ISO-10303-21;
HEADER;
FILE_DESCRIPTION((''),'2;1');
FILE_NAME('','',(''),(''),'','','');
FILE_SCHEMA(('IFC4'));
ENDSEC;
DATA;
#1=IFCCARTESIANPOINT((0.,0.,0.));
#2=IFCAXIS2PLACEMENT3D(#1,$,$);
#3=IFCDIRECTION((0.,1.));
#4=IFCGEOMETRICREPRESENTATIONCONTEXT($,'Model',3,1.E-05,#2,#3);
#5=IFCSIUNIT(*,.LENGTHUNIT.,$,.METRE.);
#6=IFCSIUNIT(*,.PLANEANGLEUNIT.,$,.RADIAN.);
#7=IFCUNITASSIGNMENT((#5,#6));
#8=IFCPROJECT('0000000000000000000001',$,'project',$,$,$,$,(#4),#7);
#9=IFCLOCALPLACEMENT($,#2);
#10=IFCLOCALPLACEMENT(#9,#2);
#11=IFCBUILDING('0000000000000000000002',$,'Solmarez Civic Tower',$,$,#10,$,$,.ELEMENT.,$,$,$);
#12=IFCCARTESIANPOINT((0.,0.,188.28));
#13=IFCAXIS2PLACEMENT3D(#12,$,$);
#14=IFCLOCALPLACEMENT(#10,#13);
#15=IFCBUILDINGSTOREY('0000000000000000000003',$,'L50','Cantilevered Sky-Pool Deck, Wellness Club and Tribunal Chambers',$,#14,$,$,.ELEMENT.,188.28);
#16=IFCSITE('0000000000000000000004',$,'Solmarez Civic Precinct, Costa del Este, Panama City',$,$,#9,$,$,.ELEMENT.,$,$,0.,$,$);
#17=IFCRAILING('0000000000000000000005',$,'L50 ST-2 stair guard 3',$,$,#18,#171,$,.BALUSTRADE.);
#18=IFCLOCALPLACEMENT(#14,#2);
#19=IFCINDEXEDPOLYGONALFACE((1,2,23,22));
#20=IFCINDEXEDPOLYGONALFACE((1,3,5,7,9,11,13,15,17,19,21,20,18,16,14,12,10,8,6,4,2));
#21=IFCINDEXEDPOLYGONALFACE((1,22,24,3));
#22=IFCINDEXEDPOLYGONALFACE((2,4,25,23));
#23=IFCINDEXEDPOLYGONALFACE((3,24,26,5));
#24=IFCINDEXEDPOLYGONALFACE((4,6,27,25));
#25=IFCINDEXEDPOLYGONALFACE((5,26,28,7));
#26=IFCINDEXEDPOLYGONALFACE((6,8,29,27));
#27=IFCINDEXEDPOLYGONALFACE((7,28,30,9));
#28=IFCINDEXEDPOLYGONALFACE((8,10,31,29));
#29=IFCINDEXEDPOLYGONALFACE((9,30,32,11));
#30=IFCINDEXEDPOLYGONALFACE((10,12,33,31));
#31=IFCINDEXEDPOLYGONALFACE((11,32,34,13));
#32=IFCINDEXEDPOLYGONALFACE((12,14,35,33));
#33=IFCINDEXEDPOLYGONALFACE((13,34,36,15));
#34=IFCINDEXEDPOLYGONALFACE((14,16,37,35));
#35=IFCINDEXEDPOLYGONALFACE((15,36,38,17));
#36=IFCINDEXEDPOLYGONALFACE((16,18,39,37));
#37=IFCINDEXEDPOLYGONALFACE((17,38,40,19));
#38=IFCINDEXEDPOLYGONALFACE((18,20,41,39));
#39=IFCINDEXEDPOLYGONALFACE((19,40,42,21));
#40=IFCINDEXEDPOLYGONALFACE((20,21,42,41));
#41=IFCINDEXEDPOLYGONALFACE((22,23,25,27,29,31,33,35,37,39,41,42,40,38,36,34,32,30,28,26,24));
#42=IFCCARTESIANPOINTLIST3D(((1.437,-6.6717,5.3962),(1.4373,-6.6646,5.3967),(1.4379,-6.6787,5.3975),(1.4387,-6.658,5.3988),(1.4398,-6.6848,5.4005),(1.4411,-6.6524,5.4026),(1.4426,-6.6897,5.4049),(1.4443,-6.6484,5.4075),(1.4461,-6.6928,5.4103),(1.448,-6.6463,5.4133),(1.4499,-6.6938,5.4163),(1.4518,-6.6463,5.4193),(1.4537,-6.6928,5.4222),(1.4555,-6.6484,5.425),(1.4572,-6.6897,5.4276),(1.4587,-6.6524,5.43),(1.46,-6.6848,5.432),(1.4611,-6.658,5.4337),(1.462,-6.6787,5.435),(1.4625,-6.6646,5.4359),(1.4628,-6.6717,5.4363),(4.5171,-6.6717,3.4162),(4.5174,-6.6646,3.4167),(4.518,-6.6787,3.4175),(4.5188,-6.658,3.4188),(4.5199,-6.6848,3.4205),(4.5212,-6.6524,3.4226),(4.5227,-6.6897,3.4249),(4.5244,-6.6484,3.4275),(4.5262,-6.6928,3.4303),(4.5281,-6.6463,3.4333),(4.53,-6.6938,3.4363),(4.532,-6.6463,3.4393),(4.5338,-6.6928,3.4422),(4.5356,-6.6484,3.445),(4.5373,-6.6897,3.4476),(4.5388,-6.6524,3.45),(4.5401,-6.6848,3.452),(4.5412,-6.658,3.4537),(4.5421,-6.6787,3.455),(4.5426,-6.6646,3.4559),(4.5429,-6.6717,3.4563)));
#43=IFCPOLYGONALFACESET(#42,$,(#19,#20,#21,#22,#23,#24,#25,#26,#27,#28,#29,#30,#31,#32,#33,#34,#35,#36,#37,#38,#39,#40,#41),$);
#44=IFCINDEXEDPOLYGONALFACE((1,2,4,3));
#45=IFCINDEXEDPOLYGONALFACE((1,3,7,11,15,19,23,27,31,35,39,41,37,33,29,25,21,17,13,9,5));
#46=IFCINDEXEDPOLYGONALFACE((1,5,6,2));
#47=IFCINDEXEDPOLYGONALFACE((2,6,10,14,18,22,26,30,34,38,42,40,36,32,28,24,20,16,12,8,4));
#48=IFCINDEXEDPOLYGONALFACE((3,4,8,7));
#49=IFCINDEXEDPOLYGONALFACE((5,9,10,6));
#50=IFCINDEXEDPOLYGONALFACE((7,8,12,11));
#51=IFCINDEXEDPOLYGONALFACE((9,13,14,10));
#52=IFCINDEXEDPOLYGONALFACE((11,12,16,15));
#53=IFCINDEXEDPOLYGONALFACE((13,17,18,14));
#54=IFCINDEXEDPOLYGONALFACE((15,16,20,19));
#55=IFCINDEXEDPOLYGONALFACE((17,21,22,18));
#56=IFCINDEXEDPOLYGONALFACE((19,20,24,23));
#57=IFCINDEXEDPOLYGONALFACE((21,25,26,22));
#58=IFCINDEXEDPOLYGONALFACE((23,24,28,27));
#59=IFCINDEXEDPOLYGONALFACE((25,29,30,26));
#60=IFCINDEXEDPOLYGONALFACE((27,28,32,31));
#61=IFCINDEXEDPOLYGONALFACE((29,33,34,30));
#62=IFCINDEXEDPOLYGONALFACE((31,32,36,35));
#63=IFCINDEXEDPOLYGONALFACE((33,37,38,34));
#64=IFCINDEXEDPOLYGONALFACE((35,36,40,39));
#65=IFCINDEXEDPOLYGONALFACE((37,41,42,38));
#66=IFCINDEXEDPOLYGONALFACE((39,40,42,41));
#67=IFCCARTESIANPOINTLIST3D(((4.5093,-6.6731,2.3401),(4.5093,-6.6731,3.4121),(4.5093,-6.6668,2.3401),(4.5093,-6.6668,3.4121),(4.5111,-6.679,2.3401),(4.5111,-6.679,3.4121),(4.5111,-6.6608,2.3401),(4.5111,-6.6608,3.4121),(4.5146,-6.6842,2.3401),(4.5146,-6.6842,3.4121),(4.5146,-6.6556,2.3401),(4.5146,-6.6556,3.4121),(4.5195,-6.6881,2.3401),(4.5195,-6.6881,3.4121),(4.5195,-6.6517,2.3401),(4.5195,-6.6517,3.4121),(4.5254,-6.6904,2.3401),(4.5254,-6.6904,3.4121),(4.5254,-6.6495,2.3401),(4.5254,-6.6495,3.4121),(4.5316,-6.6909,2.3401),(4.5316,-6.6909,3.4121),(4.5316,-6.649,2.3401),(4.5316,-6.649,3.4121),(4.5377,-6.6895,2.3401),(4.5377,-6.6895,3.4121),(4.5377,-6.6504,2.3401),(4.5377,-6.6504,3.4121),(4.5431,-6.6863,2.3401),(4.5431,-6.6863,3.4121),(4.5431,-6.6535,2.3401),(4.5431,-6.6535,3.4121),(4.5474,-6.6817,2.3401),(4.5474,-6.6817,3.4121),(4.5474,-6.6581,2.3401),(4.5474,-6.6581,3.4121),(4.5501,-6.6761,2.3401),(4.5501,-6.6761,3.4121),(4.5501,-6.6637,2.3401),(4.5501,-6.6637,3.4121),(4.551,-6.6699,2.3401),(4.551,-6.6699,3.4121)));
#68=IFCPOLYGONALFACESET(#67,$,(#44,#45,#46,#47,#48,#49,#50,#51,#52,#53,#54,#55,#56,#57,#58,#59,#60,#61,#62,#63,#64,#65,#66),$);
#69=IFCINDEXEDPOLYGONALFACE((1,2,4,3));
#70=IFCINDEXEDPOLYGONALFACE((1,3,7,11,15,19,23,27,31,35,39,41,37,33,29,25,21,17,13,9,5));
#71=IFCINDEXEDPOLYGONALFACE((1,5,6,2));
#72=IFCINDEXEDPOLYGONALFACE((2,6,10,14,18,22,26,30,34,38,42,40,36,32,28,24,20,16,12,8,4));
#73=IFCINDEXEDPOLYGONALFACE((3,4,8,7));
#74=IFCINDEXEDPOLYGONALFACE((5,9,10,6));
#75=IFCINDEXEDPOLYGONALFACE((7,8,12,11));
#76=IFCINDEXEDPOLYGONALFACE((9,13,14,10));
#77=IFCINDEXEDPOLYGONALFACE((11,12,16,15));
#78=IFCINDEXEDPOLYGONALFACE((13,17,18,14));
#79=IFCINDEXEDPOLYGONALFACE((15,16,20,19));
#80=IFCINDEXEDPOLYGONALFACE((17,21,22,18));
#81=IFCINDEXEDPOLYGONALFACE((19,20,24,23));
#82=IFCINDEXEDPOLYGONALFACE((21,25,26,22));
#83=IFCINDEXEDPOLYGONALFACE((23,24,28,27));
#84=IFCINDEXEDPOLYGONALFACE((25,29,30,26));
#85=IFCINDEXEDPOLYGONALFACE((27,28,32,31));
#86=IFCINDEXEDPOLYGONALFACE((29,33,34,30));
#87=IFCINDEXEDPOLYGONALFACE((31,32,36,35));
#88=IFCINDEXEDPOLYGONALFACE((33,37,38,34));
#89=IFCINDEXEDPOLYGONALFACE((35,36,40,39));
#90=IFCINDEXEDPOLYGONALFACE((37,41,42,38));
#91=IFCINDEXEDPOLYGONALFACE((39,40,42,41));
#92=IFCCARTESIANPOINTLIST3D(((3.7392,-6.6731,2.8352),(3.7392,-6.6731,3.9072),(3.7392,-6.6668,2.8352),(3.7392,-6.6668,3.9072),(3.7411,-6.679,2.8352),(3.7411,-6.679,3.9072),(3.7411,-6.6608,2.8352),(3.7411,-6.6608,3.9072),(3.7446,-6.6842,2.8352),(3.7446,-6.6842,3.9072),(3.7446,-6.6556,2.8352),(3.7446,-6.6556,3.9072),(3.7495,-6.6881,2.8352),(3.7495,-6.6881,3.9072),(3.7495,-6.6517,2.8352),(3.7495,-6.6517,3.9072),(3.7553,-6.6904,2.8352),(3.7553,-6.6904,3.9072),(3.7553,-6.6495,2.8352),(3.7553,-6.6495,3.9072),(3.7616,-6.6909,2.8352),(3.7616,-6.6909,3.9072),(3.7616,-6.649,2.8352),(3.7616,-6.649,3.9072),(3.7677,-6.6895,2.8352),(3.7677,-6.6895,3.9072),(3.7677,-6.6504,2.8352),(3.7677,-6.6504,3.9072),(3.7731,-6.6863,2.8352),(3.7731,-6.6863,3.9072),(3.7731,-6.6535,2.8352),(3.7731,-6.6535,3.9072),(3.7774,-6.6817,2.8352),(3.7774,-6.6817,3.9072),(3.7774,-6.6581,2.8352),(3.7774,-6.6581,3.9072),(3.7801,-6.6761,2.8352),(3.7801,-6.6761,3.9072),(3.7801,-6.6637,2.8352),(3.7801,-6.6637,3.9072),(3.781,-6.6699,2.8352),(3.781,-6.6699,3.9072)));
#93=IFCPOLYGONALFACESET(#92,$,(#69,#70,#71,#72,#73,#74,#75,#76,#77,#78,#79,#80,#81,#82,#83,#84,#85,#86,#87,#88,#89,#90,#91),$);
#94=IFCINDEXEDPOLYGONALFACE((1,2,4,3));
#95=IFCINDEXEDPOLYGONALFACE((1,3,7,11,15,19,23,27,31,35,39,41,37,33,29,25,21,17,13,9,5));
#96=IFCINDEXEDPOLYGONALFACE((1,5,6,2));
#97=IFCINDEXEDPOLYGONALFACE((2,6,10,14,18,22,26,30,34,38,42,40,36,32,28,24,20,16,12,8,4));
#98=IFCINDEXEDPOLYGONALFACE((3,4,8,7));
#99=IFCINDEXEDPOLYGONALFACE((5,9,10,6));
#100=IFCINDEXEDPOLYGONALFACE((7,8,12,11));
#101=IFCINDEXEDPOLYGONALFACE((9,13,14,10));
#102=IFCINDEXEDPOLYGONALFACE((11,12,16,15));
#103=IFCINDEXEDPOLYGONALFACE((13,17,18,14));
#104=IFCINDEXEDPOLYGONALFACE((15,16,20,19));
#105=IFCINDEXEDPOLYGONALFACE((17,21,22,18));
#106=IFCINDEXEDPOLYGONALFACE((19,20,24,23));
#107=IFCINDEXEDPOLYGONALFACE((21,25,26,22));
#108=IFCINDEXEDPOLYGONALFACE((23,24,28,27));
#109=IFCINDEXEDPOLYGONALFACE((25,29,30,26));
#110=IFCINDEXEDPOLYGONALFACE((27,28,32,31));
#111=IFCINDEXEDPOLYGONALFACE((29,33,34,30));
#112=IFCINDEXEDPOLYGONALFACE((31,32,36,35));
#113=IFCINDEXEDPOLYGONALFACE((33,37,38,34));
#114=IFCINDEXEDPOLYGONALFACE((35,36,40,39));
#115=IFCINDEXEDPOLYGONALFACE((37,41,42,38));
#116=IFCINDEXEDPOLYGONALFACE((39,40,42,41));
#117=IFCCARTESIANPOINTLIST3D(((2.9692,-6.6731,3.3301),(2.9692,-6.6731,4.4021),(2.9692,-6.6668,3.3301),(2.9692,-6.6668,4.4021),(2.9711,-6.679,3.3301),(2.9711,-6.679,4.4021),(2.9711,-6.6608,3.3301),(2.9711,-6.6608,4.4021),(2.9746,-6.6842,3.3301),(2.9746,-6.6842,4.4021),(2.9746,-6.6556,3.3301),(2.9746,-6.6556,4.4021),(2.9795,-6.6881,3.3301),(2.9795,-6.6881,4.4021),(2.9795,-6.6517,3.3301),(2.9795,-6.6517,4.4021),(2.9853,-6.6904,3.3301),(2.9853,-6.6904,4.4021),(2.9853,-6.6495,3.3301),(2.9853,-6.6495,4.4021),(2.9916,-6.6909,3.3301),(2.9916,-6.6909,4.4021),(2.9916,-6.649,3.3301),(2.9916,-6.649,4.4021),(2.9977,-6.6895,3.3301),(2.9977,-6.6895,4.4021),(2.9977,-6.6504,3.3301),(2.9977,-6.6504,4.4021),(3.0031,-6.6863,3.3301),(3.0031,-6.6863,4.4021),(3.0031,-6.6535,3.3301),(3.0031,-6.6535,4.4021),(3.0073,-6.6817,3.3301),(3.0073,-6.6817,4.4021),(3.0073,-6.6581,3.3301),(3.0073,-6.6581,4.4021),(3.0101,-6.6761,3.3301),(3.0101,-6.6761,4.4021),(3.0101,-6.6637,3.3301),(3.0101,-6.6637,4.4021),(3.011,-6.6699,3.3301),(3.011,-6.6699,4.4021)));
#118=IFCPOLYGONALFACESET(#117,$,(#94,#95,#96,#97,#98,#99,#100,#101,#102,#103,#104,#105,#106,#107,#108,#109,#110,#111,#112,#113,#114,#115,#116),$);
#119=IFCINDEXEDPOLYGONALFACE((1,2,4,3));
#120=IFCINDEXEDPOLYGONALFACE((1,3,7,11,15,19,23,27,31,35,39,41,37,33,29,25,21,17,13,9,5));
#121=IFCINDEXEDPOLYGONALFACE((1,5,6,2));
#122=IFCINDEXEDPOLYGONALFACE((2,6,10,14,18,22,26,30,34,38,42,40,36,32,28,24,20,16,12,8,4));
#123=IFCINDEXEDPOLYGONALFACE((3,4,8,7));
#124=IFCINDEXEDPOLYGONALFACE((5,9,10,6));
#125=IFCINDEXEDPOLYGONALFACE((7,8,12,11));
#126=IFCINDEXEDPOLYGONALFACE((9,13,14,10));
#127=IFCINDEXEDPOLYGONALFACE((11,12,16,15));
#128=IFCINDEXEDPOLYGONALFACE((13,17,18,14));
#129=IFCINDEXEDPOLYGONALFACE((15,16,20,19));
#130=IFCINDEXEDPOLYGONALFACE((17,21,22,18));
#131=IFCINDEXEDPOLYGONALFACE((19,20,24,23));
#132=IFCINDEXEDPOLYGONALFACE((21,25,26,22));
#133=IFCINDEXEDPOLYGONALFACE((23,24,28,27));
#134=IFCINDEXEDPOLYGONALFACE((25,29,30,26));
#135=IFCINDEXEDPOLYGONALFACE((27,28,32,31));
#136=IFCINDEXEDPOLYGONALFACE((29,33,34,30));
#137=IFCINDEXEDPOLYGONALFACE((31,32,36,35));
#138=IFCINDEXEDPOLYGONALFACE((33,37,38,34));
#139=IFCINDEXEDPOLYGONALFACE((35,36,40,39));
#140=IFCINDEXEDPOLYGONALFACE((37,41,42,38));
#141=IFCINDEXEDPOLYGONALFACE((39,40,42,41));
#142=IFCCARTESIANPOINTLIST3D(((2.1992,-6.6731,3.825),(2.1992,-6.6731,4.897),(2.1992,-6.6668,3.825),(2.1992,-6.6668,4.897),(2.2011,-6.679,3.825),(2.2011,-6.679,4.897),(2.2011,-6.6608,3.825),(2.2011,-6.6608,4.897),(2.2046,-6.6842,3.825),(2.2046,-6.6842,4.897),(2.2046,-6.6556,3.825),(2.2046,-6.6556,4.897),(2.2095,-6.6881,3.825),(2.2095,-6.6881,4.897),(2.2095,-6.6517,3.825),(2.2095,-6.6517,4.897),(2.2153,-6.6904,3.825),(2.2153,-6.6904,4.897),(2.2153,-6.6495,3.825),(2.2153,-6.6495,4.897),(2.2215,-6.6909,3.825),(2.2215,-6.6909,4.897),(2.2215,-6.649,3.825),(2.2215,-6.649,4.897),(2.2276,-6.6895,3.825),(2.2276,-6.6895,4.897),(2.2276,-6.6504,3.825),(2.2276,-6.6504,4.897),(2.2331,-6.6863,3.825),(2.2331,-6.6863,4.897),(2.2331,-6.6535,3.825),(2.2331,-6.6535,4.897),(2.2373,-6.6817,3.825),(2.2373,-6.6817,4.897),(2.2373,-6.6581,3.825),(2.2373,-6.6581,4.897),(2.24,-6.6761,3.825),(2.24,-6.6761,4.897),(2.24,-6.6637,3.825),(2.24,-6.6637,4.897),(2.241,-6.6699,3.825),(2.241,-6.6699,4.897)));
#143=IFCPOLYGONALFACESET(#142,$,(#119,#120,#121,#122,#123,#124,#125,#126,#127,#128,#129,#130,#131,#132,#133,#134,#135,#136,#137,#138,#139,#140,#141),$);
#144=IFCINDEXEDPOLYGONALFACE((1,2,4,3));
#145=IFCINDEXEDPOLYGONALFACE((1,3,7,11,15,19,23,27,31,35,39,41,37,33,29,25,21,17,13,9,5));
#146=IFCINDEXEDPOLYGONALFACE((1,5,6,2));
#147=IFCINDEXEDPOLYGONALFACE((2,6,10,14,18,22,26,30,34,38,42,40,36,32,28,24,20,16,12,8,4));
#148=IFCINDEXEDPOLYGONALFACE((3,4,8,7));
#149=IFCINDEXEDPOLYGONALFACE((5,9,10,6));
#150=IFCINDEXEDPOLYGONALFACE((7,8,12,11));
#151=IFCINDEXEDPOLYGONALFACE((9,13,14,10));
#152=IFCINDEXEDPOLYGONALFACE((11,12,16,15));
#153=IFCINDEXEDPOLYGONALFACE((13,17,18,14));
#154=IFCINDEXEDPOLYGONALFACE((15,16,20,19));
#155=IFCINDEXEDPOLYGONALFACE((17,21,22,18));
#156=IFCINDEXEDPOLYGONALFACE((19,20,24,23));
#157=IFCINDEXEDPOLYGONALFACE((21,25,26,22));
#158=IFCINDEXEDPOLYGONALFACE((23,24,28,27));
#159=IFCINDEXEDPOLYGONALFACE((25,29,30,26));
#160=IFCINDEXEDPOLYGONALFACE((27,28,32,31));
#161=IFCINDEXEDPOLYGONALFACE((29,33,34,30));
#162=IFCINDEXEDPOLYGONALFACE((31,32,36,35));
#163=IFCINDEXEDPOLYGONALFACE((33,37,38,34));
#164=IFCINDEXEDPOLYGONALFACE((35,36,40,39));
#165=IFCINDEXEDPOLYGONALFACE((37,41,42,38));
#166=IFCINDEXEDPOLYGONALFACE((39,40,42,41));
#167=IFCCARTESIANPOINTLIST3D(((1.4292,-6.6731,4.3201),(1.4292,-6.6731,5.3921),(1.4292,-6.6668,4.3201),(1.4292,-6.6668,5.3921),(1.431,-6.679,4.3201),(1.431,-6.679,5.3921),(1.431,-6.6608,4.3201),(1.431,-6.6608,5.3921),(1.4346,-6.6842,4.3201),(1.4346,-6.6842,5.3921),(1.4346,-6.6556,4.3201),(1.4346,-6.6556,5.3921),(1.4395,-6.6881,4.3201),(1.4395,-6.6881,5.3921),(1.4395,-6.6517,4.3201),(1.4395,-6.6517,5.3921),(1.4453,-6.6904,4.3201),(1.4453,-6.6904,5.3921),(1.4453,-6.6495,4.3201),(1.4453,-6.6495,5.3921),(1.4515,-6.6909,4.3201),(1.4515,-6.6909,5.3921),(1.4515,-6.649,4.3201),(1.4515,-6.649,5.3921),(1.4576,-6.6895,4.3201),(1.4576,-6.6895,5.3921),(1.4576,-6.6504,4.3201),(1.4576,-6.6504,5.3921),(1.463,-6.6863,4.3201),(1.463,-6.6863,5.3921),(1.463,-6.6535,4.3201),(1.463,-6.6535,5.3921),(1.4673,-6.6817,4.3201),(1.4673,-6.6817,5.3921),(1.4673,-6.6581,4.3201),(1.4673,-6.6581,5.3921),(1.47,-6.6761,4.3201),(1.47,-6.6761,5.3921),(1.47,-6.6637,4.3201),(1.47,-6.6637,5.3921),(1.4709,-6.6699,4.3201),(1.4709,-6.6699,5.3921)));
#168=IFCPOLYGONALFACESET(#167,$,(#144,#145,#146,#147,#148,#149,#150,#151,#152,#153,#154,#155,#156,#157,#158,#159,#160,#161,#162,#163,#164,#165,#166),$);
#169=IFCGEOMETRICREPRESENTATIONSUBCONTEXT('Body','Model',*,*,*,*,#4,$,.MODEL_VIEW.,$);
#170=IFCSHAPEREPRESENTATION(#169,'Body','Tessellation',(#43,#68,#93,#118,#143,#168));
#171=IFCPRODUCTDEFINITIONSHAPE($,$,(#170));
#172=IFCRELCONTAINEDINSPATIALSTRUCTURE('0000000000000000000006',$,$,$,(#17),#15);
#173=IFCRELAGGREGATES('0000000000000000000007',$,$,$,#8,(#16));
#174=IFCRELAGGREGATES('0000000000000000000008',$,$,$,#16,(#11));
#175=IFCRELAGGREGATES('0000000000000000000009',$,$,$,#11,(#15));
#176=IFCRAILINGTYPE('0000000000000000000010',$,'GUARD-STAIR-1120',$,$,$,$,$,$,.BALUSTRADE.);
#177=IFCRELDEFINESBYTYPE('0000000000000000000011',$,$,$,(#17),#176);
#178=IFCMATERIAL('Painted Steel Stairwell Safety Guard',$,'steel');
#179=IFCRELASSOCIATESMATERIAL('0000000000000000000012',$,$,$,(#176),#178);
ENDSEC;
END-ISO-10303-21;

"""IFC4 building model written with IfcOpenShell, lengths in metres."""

from ifc_helpers import new_model, si_unit, direction, frame, origin, origin_2d, place, context, subcontext, project, spatial, circle, extrude, material, type_object, element, save


model = new_model("IFC4")

# Units and contexts
model_context = context("Model", 3, precision=1e-05, world=origin(), true_north=direction((0.0, 1.0)))
body_context = subcontext(model_context, "Body", "Model", "MODEL_VIEW")
ifc_project = project(units=[si_unit("LENGTHUNIT", "METRE"), si_unit("PLANEANGLEUNIT", "RADIAN")], contexts=[model_context])

# Site, building, storey
site_placement = place(None, origin())
site = spatial("IfcSite", under=ifc_project, at=site_placement, Name="Solmarez Civic Precinct, Costa del Este, Panama City", CompositionType="ELEMENT", RefElevation=0.0)
building_placement = place(site_placement, origin())
building = spatial("IfcBuilding", under=site, at=building_placement, Name="Solmarez Civic Tower", CompositionType="ELEMENT")
storey_placement = place(building_placement, frame((0.0, 0.0, 188.28)))
storey = spatial("IfcBuildingStorey", under=building, at=storey_placement, Name="L50", Description="Cantilevered Sky-Pool Deck, Wellness Club and Tribunal Chambers", CompositionType="ELEMENT", Elevation=188.28)

# Railing
ifc_material_1 = material(Name="Painted Steel Stairwell Safety Guard", Category="steel")
railing_type_1 = type_object("IfcRailingType", Name="GUARD-STAIR-1120", PredefinedType="BALUSTRADE", material=ifc_material_1)
railing_1_placement = place(storey_placement, frame((4.53, -6.6699, 2.3401)))
element("IfcRailing", 1, at=railing_1_placement, inside=storey, type_object=railing_type_1, Name="L50 ST-2 stair guard 3", PredefinedType="BALUSTRADE", context=body_context, shape_type="SweptSolid", body=[
    extrude(circle(Radius=0.0239, at=origin_2d()), frame((0.0, 0.0, 1.0962), z_axis=(-0.841187, 0.0, 0.540744), x_axis=(0.0, -1.0, 0.0)), (0.0, 0.0, 1.0), 3.6616),
    extrude(circle(Radius=0.021, at=origin_2d()), origin(), (0.0, 0.0, 1.0), 1.072),
    extrude(circle(Radius=0.021, at=origin_2d()), frame((-0.77, 0.0, 0.4951)), (0.0, 0.0, 1.0), 1.072),
    extrude(circle(Radius=0.021, at=origin_2d()), frame((-1.54, 0.0, 0.99)), (0.0, 0.0, 1.0), 1.072),
    extrude(circle(Radius=0.021, at=origin_2d()), frame((-2.3101, 0.0, 1.4849)), (0.0, 0.0, 1.0), 1.072),
    extrude(circle(Radius=0.021, at=origin_2d()), frame((-3.0801, 0.0, 1.98)), (0.0, 0.0, 1.0), 1.072),
])

save(model, "model.ifc")
